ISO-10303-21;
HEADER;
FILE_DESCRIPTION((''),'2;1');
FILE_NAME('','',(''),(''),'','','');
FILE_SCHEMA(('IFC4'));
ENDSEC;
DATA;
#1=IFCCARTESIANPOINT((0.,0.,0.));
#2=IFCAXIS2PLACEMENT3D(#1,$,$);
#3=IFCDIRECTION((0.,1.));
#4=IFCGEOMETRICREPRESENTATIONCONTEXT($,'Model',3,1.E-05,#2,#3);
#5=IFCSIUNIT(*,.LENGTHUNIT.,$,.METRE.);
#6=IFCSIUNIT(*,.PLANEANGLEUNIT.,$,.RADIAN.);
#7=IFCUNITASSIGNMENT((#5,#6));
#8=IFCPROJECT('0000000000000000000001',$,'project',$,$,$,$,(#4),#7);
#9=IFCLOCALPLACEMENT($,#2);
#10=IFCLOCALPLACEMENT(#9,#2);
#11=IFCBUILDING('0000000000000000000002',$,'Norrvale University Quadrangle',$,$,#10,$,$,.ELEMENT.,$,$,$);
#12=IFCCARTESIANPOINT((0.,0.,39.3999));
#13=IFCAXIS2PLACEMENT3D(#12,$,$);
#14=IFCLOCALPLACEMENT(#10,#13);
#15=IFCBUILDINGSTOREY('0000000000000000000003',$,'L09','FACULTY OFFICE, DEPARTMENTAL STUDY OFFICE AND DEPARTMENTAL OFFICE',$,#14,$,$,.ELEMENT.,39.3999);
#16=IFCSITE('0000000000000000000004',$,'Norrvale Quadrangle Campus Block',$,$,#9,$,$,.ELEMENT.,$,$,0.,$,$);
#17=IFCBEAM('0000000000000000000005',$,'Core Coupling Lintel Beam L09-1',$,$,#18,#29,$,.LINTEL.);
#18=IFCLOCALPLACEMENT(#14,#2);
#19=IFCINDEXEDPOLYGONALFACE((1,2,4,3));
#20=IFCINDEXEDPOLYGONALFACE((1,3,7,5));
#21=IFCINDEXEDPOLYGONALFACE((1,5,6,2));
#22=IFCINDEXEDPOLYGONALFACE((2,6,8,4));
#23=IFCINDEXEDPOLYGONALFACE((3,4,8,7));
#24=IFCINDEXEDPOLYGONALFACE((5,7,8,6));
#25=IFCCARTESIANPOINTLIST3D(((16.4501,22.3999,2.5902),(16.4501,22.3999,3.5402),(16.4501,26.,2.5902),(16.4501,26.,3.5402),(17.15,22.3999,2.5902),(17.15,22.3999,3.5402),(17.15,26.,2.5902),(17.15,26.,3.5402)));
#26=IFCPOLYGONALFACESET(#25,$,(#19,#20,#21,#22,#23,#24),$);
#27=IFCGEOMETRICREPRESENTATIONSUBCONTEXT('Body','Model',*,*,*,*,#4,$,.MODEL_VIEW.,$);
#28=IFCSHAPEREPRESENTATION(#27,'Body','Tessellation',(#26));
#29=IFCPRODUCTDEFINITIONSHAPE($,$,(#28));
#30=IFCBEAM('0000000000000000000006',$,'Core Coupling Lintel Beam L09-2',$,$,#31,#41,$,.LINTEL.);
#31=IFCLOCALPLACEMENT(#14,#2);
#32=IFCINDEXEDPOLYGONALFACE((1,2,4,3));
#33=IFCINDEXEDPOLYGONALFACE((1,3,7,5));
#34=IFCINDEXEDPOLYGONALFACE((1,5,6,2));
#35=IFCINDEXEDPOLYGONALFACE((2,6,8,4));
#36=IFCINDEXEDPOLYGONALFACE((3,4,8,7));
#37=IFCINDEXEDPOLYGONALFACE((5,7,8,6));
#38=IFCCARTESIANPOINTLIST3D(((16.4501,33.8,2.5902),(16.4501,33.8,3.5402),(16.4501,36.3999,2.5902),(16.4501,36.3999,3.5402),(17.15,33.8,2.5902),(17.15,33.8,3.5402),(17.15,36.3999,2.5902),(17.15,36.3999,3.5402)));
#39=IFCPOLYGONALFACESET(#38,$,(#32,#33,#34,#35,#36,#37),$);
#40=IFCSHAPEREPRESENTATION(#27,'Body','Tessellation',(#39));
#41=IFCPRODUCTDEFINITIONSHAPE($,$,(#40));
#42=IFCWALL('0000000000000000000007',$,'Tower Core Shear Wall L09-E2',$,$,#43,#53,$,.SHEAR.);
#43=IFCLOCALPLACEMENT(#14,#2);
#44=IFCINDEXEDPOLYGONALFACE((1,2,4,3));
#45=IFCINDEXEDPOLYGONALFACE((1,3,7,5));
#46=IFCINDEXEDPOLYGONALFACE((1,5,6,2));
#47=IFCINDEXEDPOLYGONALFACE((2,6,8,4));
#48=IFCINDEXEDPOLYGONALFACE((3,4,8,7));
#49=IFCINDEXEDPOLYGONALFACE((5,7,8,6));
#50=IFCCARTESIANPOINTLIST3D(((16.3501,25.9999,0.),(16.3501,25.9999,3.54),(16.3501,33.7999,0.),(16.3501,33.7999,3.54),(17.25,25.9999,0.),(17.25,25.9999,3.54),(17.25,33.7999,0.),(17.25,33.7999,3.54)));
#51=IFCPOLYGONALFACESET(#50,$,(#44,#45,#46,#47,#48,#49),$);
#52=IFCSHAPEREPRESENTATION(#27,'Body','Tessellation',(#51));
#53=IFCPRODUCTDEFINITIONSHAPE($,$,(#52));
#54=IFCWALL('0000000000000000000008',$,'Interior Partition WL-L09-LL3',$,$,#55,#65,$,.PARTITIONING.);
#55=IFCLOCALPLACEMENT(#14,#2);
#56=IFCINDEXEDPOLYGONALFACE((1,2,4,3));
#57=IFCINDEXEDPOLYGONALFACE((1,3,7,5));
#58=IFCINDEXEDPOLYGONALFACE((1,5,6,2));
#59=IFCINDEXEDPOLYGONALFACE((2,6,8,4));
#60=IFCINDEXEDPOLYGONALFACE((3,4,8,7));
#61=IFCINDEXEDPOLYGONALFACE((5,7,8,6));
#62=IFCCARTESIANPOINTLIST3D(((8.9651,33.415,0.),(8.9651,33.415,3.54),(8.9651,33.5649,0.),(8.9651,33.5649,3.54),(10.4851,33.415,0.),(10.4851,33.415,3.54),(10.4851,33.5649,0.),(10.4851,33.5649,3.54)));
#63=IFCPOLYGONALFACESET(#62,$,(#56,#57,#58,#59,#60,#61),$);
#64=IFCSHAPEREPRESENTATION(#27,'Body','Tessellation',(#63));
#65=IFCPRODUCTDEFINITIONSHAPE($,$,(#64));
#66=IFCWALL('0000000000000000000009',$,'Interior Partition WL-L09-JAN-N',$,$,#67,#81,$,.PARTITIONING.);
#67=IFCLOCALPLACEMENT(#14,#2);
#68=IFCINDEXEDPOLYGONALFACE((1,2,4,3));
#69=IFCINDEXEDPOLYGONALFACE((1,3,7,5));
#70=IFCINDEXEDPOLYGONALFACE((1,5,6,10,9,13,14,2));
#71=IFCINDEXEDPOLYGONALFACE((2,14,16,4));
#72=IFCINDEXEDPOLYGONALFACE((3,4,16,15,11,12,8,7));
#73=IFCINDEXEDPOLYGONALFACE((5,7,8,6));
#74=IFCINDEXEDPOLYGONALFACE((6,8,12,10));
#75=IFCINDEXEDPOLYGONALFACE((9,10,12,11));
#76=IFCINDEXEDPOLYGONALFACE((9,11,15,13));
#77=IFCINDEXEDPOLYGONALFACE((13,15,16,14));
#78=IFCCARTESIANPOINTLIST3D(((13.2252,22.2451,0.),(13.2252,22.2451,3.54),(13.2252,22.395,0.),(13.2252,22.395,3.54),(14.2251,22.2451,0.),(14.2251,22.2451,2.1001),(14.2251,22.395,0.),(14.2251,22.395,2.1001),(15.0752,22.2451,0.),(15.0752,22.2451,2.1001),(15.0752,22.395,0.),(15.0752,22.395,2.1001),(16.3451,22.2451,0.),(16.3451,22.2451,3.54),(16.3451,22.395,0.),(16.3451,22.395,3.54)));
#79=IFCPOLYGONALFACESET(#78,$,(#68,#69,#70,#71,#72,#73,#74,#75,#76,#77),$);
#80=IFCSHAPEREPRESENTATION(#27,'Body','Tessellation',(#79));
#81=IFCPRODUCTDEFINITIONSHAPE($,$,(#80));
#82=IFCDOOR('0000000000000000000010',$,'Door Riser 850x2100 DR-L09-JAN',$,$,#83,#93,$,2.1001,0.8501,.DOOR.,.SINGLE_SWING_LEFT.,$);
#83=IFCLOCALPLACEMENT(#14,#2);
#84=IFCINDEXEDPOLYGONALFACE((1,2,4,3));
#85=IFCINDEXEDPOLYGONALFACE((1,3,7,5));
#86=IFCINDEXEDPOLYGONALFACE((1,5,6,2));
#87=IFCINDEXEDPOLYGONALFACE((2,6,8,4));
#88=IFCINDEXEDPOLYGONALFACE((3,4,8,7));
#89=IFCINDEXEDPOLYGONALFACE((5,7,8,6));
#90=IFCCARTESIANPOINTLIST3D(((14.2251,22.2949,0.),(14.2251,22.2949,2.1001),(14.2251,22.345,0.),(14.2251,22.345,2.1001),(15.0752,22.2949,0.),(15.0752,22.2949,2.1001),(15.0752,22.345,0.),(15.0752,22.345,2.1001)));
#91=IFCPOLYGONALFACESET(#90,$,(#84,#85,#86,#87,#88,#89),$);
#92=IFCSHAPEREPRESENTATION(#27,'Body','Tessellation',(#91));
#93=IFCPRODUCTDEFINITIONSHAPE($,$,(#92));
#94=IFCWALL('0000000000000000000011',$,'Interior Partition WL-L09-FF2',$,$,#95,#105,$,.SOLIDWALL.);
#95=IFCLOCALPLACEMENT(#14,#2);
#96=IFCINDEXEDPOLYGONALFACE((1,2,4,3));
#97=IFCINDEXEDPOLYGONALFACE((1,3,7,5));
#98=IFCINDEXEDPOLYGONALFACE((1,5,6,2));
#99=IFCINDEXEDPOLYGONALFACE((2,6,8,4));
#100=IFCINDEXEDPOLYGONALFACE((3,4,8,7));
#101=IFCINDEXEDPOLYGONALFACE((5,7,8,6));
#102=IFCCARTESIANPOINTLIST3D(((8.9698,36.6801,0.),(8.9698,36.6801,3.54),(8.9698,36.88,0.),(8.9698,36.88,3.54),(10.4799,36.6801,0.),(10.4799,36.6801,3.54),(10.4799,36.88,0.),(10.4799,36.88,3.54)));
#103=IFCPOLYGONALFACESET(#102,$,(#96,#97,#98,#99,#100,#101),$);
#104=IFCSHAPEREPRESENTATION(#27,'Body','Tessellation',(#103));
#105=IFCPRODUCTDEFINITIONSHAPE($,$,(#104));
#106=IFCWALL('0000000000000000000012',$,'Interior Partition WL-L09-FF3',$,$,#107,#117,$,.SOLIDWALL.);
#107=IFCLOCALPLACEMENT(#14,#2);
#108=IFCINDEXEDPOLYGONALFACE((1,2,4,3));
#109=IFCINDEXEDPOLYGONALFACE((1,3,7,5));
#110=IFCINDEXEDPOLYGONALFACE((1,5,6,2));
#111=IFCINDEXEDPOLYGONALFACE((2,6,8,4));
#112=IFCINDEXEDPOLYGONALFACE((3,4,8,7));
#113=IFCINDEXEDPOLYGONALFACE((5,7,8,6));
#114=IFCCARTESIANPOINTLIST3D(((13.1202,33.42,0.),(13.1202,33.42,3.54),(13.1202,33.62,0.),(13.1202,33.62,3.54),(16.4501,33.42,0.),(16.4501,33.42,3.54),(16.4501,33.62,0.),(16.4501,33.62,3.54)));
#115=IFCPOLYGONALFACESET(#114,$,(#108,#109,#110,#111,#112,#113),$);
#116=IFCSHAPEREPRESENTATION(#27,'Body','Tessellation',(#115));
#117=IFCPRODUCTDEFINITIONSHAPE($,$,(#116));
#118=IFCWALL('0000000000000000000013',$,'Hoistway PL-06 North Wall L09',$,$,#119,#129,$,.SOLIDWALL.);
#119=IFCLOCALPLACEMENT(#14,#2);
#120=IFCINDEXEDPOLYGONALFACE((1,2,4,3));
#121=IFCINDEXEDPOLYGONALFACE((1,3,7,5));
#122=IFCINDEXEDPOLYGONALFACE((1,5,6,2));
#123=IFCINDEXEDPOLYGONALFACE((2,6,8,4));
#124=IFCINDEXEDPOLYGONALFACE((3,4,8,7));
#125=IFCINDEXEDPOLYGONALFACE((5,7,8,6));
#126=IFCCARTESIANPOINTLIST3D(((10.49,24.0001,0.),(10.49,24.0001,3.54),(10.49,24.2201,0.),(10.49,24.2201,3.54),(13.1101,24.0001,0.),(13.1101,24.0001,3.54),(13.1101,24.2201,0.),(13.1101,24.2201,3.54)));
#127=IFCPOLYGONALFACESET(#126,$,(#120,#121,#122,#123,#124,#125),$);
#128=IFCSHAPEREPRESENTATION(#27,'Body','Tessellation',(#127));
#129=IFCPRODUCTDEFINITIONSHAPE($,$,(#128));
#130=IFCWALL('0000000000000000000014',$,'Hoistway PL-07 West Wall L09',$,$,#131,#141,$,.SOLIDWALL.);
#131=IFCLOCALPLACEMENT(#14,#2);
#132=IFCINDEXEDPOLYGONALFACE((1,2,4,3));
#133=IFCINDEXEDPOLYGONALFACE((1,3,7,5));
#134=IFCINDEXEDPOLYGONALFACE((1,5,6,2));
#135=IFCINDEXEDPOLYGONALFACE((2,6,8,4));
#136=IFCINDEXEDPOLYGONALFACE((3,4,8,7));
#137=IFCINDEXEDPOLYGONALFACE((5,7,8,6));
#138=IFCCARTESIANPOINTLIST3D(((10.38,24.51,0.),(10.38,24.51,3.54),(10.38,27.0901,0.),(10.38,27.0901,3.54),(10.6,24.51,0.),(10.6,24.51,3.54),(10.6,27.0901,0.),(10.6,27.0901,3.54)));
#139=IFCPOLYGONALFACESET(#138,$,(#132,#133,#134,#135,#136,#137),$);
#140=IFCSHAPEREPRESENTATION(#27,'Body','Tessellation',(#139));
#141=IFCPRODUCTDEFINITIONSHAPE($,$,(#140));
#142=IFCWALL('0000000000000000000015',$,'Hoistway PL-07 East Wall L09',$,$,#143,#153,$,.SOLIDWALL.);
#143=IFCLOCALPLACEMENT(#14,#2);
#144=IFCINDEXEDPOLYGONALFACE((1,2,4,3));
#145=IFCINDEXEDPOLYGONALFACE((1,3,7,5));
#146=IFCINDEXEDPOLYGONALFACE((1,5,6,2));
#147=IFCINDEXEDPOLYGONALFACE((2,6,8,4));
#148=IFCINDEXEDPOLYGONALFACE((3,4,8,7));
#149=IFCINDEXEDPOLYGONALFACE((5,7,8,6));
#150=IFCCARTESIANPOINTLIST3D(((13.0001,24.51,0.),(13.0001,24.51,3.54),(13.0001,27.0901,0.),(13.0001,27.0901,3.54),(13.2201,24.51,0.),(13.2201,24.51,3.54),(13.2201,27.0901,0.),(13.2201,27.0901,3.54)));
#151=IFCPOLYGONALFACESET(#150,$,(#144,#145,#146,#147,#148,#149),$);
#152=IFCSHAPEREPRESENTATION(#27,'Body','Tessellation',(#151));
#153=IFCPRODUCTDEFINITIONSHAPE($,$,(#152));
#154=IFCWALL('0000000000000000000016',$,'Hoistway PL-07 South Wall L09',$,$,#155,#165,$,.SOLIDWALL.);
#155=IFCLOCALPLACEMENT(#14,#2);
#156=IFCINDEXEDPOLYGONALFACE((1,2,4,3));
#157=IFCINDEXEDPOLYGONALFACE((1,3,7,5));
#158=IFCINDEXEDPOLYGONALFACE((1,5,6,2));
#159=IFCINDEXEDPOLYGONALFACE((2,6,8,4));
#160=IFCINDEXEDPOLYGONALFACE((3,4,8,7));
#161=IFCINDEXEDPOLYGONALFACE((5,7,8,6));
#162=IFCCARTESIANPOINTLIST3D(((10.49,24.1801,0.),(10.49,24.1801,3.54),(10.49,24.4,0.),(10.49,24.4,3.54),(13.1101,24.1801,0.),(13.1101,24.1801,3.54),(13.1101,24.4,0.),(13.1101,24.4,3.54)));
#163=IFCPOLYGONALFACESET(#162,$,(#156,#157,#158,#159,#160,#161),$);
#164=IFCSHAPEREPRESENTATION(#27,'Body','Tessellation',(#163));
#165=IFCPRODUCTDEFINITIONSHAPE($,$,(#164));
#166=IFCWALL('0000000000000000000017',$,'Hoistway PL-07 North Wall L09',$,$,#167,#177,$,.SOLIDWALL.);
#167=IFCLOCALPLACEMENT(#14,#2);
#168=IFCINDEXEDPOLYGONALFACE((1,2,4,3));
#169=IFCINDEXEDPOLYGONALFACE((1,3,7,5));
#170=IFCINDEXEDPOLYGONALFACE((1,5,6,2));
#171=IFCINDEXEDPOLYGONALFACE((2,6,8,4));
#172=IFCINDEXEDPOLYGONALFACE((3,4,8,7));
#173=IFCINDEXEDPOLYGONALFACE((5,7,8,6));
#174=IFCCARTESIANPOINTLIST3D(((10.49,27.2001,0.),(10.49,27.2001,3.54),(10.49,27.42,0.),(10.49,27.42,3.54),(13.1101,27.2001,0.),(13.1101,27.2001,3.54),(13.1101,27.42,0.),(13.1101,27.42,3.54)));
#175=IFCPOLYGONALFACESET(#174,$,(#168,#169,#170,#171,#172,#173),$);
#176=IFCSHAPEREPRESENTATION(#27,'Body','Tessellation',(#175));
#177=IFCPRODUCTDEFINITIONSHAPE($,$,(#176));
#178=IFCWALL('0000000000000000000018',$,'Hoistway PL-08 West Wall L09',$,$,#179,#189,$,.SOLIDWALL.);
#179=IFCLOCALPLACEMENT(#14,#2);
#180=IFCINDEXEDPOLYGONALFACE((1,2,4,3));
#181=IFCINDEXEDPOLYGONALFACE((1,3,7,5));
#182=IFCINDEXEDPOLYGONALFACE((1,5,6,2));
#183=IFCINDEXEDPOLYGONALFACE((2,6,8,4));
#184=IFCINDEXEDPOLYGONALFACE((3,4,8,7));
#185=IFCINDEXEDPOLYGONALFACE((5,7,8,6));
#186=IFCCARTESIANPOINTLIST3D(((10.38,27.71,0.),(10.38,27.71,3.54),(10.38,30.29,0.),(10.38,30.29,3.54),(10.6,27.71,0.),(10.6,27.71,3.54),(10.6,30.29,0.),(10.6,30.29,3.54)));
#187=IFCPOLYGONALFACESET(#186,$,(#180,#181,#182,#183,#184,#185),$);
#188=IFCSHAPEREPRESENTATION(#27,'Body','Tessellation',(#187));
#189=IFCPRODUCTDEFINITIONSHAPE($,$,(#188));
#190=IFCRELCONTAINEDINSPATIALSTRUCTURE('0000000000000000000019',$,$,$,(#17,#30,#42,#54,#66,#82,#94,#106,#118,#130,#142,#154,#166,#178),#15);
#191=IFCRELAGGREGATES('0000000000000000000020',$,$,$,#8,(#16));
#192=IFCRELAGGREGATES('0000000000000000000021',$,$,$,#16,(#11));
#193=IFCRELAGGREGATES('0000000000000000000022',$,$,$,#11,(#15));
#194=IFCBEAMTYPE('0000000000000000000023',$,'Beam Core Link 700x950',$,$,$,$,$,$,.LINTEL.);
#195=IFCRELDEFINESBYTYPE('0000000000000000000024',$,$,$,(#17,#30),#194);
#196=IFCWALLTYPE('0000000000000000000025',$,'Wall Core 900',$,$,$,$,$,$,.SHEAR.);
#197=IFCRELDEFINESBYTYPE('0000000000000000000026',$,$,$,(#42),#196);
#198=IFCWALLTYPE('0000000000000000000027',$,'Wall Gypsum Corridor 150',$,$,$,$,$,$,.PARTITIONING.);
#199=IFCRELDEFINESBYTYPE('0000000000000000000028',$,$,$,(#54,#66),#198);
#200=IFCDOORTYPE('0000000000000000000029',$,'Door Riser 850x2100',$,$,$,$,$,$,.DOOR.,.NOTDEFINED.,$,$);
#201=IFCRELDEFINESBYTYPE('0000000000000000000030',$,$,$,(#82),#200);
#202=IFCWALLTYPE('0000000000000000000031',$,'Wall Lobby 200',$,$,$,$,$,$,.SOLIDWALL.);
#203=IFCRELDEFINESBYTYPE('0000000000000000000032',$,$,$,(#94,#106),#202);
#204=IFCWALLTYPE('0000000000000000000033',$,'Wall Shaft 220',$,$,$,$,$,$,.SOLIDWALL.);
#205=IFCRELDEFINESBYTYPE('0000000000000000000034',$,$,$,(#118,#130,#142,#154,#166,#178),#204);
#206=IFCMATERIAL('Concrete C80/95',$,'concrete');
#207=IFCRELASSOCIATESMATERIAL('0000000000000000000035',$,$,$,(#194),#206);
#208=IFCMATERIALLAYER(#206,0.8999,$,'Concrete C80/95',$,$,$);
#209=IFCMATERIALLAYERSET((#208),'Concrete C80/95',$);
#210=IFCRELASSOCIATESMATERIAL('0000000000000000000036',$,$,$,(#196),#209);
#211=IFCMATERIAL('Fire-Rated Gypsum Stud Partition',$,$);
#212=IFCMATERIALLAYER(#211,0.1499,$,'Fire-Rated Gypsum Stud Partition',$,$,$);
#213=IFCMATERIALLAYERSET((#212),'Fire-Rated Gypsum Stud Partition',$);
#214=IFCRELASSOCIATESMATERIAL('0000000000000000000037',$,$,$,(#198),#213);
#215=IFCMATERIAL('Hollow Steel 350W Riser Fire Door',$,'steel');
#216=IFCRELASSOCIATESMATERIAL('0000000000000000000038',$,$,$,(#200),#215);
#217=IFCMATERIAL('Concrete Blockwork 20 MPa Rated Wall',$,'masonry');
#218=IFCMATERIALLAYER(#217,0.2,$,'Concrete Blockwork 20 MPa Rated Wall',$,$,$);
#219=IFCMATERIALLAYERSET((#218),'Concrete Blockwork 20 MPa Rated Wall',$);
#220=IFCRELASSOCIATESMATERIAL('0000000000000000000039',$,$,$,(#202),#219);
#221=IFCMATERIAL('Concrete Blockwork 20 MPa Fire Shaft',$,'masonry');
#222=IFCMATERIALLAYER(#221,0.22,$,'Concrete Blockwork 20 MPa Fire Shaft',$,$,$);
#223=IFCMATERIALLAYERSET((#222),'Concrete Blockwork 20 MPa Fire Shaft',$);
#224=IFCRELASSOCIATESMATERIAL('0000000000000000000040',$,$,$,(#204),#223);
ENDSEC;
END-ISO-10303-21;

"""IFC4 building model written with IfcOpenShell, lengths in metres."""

from ifc_helpers import new_model, si_unit, direction, frame, frame_2d, origin, origin_2d, place, context, subcontext, project, spatial, rectangle, extrude, material, layer, layer_set, material_profile, profile_set, type_object, element, fill, save


model = new_model("IFC4")

# Units and contexts
model_context = context("Model", 3, precision=1e-05, world=origin(), true_north=direction((0.0, 1.0)))
body_context = subcontext(model_context, "Body", "Model", "MODEL_VIEW")
ifc_project = project(units=[si_unit("LENGTHUNIT", "METRE"), si_unit("PLANEANGLEUNIT", "RADIAN")], contexts=[model_context])

# Site, building, storey
site_placement = place(None, origin())
site = spatial("IfcSite", under=ifc_project, at=site_placement, Name="Norrvale Quadrangle Campus Block", CompositionType="ELEMENT", RefElevation=0.0)
building_placement = place(site_placement, origin())
building = spatial("IfcBuilding", under=site, at=building_placement, Name="Norrvale University Quadrangle", CompositionType="ELEMENT")
storey_placement = place(building_placement, frame((0.0, 0.0, 39.3999)))
storey = spatial("IfcBuildingStorey", under=building, at=storey_placement, Name="L09", Description="FACULTY OFFICE, DEPARTMENTAL STUDY OFFICE AND DEPARTMENTAL OFFICE", CompositionType="ELEMENT", Elevation=39.3999)

# Beams
ifc_material_1 = material(Name="Concrete C80/95", Category="concrete")
ifc_material_profile = material_profile(ifc_material_1, rectangle(XDim=0.7, YDim=0.95, at=origin_2d()), Name="Concrete C80/95")
ifc_profile_set = profile_set([ifc_material_profile], Name="Concrete C80/95")
beam_type = type_object("IfcBeamType", Name="Beam Core Link 700x950", PredefinedType="LINTEL", material=ifc_profile_set)
beam_1_placement = place(storey_placement, frame((16.8, 22.3999, 3.0652), z_axis=(0.0, 1.0, 0.0), x_axis=(-1.0, 0.0, 0.0)))
element("IfcBeam", 1, at=beam_1_placement, inside=storey, type_object=beam_type, Name="Core Coupling Lintel Beam L09-1", PredefinedType="LINTEL", context=body_context, shape_type="SweptSolid", body=[
    extrude(rectangle(XDim=0.7, YDim=0.95, at=origin_2d()), origin(), (0.0, 0.0, 1.0), 3.6001),
])
beam_2_placement = place(storey_placement, frame((16.8, 33.8, 3.0652), z_axis=(0.0, 1.0, 0.0), x_axis=(-1.0, 0.0, 0.0)))
element("IfcBeam", 2, at=beam_2_placement, inside=storey, type_object=beam_type, Name="Core Coupling Lintel Beam L09-2", PredefinedType="LINTEL", context=body_context, shape_type="SweptSolid", body=[
    extrude(rectangle(XDim=0.7, YDim=0.95, at=origin_2d()), origin(), (0.0, 0.0, 1.0), 2.5999),
])

# Wall
ifc_layer_1 = layer(ifc_material_1, 0.8999, Name="Concrete C80/95")
ifc_layer_set_1 = layer_set([ifc_layer_1], Name="Concrete C80/95")
wall_type_1 = type_object("IfcWallType", Name="Wall Core 900", PredefinedType="SHEAR", material=ifc_layer_set_1)
wall_1_placement = place(storey_placement, frame((16.8, 26.0, 0.0), z_axis=(0.0, 0.0, 1.0), x_axis=(0.0, 1.0, 0.0)))
element("IfcWall", 3, at=wall_1_placement, inside=storey, type_object=wall_type_1, Name="Tower Core Shear Wall L09-E2", PredefinedType="SHEAR", context=body_context, shape_type="SweptSolid", body=[
    extrude(rectangle(XDim=7.8, YDim=0.8999, at=frame_2d((3.8999, 0.0))), origin(), (0.0, 0.0, 1.0), 3.54),
])

# Wall
ifc_material_2 = material(Name="Fire-Rated Gypsum Stud Partition")
ifc_layer_2 = layer(ifc_material_2, 0.1499, Name="Fire-Rated Gypsum Stud Partition")
ifc_layer_set_2 = layer_set([ifc_layer_2], Name="Fire-Rated Gypsum Stud Partition")
wall_type_2 = type_object("IfcWallType", Name="Wall Gypsum Corridor 150", PredefinedType="PARTITIONING", material=ifc_layer_set_2)
wall_2_placement = place(storey_placement, frame((8.9651, 33.49, 0.0), z_axis=(0.0, 0.0, 1.0), x_axis=(1.0, 0.0, 0.0)))
element("IfcWall", 4, at=wall_2_placement, inside=storey, type_object=wall_type_2, Name="Interior Partition WL-L09-LL3", PredefinedType="PARTITIONING", context=body_context, shape_type="SweptSolid", body=[
    extrude(rectangle(XDim=1.52, YDim=0.1499, at=frame_2d((0.76, 0.0))), origin(), (0.0, 0.0, 1.0), 3.54),
])

# Wall, opening, door
wall_3_placement = place(storey_placement, frame((13.2251, 22.3201, 0.0), z_axis=(0.0, 0.0, 1.0), x_axis=(1.0, 0.0, 0.0)))
wall_3 = element("IfcWall", 5, at=wall_3_placement, inside=storey, type_object=wall_type_2, Name="Interior Partition WL-L09-JAN-N", PredefinedType="PARTITIONING", context=body_context, shape_type="SweptSolid", body=[
    extrude(rectangle(XDim=3.1199, YDim=0.1499, at=frame_2d((1.5601, 0.0))), origin(), (0.0, 0.0, 1.0), 3.54),
])
opening_1_placement = place(wall_3_placement, frame((1.0, 0.0, 0.0)))
opening_1 = element("IfcOpeningElement", 6, at=opening_1_placement, cuts=wall_3, PredefinedType="OPENING", context=body_context, shape_type="SweptSolid", body=[
    extrude(rectangle(XDim=0.8501, YDim=2.1001, at=frame_2d((0.425, 1.05))), frame((0.0, 0.0869, 0.0), z_axis=(0.0, -1.0, 0.0), x_axis=(1.0, 0.0, 0.0)), (0.0, 0.0, 1.0), 0.1738),
])
ifc_material_3 = material(Name="Hollow Steel 350W Riser Fire Door", Category="steel")
door_type_1 = type_object("IfcDoorType", Name="Door Riser 850x2100", OperationType="NOTDEFINED", PredefinedType="DOOR", material=ifc_material_3)
door_1_placement = place(opening_1_placement, origin())
door_1 = element("IfcDoor", 7, at=door_1_placement, inside=storey, type_object=door_type_1, Name="Door Riser 850x2100 DR-L09-JAN", OperationType="SINGLE_SWING_LEFT", OverallHeight=2.1001, OverallWidth=0.8501, PredefinedType="DOOR", context=body_context, shape_type="SweptSolid", body=[
    extrude(rectangle(XDim=0.8501, YDim=2.1001, at=frame_2d((0.425, 1.05))), frame((0.0, 0.0249, 0.0), z_axis=(0.0, -1.0, 0.0), x_axis=(1.0, 0.0, 0.0)), (0.0, 0.0, 1.0), 0.05),
])
fill(opening_1, door_1)

# Walls
ifc_material_4 = material(Name="Concrete Blockwork 20 MPa Rated Wall", Category="masonry")
ifc_layer_3 = layer(ifc_material_4, 0.2, Name="Concrete Blockwork 20 MPa Rated Wall")
ifc_layer_set_3 = layer_set([ifc_layer_3], Name="Concrete Blockwork 20 MPa Rated Wall")
wall_type_3 = type_object("IfcWallType", Name="Wall Lobby 200", PredefinedType="SOLIDWALL", material=ifc_layer_set_3)
wall_4_placement = place(storey_placement, frame((8.97, 36.78, 0.0), z_axis=(0.0, 0.0, 1.0), x_axis=(1.0, 0.0, 0.0)))
element("IfcWall", 8, at=wall_4_placement, inside=storey, type_object=wall_type_3, Name="Interior Partition WL-L09-FF2", PredefinedType="SOLIDWALL", context=body_context, shape_type="SweptSolid", body=[
    extrude(rectangle(XDim=1.51, YDim=0.2, at=frame_2d((0.7549, 0.0))), origin(), (0.0, 0.0, 1.0), 3.54),
])
wall_5_placement = place(storey_placement, frame((13.1201, 33.52, 0.0), z_axis=(0.0, 0.0, 1.0), x_axis=(1.0, 0.0, 0.0)))
element("IfcWall", 9, at=wall_5_placement, inside=storey, type_object=wall_type_3, Name="Interior Partition WL-L09-FF3", PredefinedType="SOLIDWALL", context=body_context, shape_type="SweptSolid", body=[
    extrude(rectangle(XDim=3.3298, YDim=0.2, at=frame_2d((1.665, 0.0))), origin(), (0.0, 0.0, 1.0), 3.54),
])
ifc_material_5 = material(Name="Concrete Blockwork 20 MPa Fire Shaft", Category="masonry")
ifc_layer_4 = layer(ifc_material_5, 0.22, Name="Concrete Blockwork 20 MPa Fire Shaft")
ifc_layer_set_4 = layer_set([ifc_layer_4], Name="Concrete Blockwork 20 MPa Fire Shaft")
wall_type_4 = type_object("IfcWallType", Name="Wall Shaft 220", PredefinedType="SOLIDWALL", material=ifc_layer_set_4)
wall_6_placement = place(storey_placement, frame((10.49, 24.1101, 0.0), z_axis=(0.0, 0.0, 1.0), x_axis=(1.0, 0.0, 0.0)))
element("IfcWall", 10, at=wall_6_placement, inside=storey, type_object=wall_type_4, Name="Hoistway PL-06 North Wall L09", PredefinedType="SOLIDWALL", context=body_context, shape_type="SweptSolid", body=[
    extrude(rectangle(XDim=2.6201, YDim=0.22, at=frame_2d((1.3101, 0.0))), origin(), (0.0, 0.0, 1.0), 3.54),
])
for number, where, z_axis, x_axis, name in (
    (11, (10.49, 24.51, 0.0), (0.0, 0.0, 1.0), (0.0, 1.0, 0.0), "Hoistway PL-07 West Wall L09"),
    (12, (13.1101, 24.51, 0.0), (0.0, 0.0, 1.0), (0.0, 1.0, 0.0), "Hoistway PL-07 East Wall L09"),
):
    element("IfcWall", number, at=place(storey_placement, frame(where, z_axis=z_axis, x_axis=x_axis)), inside=storey, type_object=wall_type_4, Name=name, PredefinedType="SOLIDWALL", context=body_context, shape_type="SweptSolid", body=[
        extrude(rectangle(XDim=2.5801, YDim=0.22, at=frame_2d((1.29, 0.0))), origin(), (0.0, 0.0, 1.0), 3.54),
    ])
for number, where, z_axis, x_axis, name in (
    (13, (10.49, 24.29, 0.0), (0.0, 0.0, 1.0), (1.0, 0.0, 0.0), "Hoistway PL-07 South Wall L09"),
    (14, (10.49, 27.3101, 0.0), (0.0, 0.0, 1.0), (1.0, 0.0, 0.0), "Hoistway PL-07 North Wall L09"),
):
    element("IfcWall", number, at=place(storey_placement, frame(where, z_axis=z_axis, x_axis=x_axis)), inside=storey, type_object=wall_type_4, Name=name, PredefinedType="SOLIDWALL", context=body_context, shape_type="SweptSolid", body=[
        extrude(rectangle(XDim=2.6201, YDim=0.22, at=frame_2d((1.3101, 0.0))), origin(), (0.0, 0.0, 1.0), 3.54),
    ])
for number, where, z_axis, x_axis, name in (
    (15, (10.49, 27.71, 0.0), (0.0, 0.0, 1.0), (0.0, 1.0, 0.0), "Hoistway PL-08 West Wall L09"),
):
    element("IfcWall", number, at=place(storey_placement, frame(where, z_axis=z_axis, x_axis=x_axis)), inside=storey, type_object=wall_type_4, Name=name, PredefinedType="SOLIDWALL", context=body_context, shape_type="SweptSolid", body=[
        extrude(rectangle(XDim=2.5801, YDim=0.22, at=frame_2d((1.29, 0.0))), origin(), (0.0, 0.0, 1.0), 3.54),
    ])

save(model, "model.ifc")
